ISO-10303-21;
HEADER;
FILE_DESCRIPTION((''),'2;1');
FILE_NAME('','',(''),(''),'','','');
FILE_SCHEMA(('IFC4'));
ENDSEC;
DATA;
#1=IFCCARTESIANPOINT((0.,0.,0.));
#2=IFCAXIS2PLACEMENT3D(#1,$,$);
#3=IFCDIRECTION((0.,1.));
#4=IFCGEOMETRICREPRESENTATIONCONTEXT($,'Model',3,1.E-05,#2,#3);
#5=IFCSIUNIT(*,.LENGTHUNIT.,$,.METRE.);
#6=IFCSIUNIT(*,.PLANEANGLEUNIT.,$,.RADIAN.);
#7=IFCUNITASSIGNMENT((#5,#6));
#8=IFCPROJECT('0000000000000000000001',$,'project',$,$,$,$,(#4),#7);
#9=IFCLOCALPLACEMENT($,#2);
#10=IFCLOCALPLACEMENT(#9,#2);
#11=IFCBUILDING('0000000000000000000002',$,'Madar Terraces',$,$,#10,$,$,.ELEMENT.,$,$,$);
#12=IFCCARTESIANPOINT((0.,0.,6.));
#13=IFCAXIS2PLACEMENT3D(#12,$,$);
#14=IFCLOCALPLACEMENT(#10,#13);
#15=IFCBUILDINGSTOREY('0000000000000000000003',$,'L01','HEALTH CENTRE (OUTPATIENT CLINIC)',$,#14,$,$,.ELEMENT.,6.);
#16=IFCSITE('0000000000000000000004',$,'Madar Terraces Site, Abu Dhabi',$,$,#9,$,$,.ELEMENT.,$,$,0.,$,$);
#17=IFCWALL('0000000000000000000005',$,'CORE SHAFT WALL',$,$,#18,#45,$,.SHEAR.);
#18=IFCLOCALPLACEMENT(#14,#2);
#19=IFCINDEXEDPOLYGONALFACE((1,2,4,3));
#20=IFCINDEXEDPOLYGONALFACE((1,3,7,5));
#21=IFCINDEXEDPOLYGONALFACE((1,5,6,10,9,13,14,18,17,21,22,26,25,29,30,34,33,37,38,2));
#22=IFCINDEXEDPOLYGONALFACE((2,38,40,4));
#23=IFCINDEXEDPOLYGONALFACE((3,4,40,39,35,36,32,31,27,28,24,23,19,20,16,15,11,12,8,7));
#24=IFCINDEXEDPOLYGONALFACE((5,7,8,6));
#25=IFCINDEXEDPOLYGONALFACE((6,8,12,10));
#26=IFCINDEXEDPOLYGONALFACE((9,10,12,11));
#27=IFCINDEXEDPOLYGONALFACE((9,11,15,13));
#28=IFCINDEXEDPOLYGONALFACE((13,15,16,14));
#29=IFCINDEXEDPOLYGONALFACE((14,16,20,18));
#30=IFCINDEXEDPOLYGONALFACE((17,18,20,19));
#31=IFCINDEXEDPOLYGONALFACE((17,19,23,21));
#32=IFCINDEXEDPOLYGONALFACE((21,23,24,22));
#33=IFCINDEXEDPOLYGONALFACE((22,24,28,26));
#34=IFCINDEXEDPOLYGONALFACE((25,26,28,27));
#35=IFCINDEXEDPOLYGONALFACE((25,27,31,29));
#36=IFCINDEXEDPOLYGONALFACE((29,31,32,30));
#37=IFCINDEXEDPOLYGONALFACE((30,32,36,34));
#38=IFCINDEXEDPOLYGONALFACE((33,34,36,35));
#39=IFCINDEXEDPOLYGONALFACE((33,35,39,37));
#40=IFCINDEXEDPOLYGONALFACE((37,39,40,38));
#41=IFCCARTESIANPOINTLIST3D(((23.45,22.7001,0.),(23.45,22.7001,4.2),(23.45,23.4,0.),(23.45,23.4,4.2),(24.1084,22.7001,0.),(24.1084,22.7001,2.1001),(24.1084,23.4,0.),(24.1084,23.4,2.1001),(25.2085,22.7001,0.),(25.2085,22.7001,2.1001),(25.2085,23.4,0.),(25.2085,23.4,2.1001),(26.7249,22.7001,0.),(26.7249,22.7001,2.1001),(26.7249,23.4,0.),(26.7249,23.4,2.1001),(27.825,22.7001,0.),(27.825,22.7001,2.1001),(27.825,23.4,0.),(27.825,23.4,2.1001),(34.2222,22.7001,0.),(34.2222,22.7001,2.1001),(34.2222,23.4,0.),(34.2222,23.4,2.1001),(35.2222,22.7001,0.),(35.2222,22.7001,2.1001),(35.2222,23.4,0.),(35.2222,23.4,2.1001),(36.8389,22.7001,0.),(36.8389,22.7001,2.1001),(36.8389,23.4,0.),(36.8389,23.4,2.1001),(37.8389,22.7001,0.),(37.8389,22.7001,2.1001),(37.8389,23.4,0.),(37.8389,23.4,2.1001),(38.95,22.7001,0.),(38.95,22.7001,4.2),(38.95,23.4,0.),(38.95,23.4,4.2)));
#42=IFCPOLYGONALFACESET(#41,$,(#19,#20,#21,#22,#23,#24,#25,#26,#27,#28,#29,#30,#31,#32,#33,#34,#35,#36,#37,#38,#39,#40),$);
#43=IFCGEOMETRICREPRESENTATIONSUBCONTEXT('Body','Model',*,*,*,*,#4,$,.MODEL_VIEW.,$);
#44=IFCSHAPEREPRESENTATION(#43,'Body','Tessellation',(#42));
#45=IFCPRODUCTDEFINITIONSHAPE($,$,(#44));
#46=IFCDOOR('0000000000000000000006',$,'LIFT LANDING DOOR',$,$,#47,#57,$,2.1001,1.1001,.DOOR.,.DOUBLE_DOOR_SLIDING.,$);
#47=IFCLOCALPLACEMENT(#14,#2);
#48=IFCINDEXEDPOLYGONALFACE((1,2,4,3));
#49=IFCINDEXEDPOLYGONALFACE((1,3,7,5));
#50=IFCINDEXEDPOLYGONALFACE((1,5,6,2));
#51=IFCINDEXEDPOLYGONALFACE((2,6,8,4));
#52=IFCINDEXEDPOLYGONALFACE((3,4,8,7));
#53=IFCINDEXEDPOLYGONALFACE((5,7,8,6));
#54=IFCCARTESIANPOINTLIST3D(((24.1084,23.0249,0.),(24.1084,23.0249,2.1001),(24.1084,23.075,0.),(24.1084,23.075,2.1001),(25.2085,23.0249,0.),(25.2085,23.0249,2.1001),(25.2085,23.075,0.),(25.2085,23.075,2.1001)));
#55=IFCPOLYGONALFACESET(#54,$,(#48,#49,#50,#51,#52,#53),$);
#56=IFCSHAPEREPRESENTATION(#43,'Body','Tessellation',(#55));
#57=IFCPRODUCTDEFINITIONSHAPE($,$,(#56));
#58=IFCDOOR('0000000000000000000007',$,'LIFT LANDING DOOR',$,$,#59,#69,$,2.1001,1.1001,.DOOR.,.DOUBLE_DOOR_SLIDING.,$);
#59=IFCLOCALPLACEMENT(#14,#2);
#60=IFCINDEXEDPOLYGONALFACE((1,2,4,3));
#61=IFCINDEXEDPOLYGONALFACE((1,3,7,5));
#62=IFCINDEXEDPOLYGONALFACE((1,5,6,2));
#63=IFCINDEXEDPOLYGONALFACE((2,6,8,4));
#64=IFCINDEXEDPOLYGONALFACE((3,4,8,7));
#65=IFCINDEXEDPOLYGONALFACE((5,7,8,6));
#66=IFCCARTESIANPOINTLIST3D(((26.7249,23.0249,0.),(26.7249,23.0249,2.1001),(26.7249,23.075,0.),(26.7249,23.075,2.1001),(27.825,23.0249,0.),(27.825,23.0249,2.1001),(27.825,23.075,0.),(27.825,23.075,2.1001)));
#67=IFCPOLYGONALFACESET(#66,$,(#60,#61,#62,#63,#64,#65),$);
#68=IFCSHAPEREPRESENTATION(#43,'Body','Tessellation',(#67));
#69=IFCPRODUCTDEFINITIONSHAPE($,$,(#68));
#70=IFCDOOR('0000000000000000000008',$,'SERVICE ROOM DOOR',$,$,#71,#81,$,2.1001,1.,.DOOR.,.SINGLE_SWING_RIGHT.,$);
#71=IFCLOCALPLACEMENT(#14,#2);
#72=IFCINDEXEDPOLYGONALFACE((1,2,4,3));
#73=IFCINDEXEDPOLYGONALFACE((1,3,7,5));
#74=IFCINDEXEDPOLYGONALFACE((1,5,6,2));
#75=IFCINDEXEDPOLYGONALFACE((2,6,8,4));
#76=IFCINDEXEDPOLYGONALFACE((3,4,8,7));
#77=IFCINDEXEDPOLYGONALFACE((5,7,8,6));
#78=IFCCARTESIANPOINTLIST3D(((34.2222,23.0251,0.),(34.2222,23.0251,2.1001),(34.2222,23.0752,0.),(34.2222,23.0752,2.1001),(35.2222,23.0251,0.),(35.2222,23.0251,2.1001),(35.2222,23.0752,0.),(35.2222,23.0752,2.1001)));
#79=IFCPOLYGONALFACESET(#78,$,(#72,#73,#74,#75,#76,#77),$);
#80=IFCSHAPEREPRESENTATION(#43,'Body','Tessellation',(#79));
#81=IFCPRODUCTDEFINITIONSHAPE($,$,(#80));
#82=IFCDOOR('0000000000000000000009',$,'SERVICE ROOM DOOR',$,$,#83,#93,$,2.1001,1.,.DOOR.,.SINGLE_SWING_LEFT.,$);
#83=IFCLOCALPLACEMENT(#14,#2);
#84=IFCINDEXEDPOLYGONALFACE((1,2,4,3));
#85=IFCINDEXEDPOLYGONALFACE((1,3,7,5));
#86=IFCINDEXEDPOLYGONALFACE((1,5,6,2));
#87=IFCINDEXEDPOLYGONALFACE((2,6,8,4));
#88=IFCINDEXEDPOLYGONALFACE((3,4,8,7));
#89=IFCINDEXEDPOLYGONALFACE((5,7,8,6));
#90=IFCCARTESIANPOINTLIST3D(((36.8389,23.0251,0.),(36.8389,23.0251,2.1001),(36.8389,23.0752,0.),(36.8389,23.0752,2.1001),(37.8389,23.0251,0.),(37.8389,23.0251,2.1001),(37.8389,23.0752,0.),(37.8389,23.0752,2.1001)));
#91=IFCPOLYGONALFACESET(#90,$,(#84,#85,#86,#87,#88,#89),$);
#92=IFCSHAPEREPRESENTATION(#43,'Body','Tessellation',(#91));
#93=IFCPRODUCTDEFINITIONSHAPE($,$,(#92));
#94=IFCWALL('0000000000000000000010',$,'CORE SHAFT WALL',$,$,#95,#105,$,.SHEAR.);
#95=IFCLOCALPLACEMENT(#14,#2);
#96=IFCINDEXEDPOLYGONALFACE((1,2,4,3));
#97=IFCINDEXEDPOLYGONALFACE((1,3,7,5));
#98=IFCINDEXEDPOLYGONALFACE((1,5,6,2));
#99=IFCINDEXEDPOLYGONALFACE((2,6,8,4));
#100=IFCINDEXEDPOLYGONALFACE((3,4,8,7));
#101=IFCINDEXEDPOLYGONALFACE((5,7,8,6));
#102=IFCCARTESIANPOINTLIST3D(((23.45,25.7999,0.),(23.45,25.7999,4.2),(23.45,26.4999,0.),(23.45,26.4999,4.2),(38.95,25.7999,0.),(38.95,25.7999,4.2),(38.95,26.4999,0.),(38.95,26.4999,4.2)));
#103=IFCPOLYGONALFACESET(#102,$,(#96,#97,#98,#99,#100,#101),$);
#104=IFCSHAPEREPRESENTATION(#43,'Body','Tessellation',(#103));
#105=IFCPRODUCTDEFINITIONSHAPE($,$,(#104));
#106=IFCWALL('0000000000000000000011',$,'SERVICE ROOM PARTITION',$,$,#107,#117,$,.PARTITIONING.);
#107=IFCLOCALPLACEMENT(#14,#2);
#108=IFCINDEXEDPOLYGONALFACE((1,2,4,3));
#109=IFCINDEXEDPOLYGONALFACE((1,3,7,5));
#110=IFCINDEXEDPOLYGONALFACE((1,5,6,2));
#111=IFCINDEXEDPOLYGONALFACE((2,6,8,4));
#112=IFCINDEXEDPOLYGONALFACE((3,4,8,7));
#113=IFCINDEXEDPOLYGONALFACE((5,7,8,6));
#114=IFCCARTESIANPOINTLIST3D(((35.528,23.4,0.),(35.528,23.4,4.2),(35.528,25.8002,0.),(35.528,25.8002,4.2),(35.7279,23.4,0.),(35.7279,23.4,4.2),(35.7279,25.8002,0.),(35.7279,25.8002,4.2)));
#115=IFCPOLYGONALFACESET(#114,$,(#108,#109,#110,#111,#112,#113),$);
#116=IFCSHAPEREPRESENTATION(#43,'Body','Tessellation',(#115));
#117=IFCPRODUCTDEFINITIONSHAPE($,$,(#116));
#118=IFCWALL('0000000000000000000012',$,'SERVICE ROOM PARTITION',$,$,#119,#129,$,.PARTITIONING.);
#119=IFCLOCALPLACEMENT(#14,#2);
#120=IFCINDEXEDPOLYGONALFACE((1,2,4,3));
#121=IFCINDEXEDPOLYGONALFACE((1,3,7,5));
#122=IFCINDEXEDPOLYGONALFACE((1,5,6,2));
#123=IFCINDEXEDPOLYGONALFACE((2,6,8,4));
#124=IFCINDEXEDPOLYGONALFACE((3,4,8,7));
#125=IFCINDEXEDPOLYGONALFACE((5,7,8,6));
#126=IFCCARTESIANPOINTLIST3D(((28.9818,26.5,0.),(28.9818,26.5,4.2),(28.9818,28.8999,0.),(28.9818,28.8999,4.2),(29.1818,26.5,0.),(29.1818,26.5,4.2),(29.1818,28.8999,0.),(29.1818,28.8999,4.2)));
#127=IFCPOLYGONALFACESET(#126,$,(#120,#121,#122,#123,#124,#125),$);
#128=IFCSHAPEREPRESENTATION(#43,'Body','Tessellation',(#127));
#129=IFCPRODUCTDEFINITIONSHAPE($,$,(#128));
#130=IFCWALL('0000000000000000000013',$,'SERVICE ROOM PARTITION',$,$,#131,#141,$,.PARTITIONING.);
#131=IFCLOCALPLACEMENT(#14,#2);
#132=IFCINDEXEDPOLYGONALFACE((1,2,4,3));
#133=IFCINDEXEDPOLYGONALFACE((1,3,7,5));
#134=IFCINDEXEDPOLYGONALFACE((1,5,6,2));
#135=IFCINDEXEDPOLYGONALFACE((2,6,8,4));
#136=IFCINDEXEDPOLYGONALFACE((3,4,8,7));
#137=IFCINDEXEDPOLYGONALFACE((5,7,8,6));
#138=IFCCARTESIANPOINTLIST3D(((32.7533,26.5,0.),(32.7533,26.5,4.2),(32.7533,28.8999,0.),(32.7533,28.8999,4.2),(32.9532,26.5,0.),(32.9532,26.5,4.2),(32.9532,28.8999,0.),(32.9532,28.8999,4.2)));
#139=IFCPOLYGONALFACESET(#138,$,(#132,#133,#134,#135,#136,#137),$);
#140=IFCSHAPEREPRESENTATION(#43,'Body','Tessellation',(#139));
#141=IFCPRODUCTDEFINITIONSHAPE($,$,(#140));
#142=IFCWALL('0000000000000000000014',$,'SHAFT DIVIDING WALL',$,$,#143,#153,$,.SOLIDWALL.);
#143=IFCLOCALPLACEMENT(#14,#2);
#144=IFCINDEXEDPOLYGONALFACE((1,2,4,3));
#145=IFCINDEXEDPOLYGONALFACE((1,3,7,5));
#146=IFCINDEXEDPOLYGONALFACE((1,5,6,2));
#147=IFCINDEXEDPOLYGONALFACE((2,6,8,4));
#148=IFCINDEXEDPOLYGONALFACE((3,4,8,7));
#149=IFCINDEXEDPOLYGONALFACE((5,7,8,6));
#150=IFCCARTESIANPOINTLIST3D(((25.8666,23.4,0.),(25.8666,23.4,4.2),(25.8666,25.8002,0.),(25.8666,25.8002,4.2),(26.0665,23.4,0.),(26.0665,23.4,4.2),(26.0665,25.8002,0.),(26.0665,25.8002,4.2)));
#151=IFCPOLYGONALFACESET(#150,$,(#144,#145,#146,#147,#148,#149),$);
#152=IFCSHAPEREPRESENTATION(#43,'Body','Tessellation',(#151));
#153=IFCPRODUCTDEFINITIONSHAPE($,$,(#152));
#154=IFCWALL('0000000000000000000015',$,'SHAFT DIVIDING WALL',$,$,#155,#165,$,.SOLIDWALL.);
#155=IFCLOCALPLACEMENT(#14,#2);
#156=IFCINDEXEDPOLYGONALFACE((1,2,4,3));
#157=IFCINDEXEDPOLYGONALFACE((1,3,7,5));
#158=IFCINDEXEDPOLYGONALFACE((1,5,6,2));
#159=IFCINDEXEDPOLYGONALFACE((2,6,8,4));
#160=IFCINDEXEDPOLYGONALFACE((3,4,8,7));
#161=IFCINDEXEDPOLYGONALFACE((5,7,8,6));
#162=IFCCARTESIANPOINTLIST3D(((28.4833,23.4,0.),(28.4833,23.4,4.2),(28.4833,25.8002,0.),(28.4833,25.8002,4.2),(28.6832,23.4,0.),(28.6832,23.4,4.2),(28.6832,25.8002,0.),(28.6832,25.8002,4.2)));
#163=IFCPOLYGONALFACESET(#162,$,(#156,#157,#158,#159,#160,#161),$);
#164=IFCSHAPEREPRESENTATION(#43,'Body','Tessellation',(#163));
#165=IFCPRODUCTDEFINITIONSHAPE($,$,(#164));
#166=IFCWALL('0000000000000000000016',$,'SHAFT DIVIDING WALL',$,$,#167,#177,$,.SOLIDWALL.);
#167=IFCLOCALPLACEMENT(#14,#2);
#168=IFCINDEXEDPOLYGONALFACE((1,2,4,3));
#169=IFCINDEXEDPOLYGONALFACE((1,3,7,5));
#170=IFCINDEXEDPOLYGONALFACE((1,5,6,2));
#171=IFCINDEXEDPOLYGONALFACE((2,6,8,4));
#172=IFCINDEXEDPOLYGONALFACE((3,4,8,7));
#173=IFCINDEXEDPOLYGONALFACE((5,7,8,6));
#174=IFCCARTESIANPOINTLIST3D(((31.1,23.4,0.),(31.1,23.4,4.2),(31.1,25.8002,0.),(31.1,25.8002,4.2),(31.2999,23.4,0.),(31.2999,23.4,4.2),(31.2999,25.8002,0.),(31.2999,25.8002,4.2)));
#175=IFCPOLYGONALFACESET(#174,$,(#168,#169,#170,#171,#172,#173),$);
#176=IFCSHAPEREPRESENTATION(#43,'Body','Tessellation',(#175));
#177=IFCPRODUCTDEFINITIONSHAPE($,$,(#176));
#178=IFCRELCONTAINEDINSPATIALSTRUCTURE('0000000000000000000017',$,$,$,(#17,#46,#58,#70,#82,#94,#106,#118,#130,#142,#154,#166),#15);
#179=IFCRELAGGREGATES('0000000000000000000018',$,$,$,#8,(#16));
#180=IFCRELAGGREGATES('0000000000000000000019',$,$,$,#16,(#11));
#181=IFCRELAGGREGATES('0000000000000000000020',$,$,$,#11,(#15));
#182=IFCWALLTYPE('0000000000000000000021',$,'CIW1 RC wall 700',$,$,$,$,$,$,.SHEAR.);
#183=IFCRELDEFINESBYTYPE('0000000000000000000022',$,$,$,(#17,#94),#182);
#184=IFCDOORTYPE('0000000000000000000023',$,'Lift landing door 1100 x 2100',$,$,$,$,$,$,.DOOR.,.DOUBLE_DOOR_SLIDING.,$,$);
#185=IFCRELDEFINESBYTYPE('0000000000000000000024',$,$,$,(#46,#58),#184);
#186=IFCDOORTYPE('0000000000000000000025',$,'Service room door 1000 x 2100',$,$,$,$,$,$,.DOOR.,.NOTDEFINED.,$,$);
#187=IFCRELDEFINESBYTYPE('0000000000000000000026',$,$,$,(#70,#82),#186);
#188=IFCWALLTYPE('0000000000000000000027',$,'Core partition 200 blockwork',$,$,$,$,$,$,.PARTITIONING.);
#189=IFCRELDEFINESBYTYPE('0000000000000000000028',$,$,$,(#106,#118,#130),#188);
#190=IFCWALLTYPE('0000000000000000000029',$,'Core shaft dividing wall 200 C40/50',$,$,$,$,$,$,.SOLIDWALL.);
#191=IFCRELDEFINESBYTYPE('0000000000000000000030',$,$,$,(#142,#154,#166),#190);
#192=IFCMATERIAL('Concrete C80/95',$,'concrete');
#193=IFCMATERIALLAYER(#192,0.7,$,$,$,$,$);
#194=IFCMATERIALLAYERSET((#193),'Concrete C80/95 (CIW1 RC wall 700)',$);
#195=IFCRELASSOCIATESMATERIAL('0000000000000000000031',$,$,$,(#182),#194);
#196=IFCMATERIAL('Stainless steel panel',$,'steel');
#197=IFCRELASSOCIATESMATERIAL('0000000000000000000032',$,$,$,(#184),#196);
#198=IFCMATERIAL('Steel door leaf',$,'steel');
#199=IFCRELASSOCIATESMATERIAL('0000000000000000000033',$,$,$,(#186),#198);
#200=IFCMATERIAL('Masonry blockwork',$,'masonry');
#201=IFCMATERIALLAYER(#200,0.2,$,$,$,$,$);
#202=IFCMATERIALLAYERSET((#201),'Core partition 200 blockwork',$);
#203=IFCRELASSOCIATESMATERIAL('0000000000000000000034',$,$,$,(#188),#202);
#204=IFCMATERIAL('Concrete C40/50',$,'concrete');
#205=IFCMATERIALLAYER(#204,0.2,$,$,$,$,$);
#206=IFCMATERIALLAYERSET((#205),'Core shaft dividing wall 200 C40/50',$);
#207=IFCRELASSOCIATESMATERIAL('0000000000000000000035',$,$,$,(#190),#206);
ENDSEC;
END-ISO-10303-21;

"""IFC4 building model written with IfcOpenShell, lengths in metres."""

from ifc_helpers import new_model, si_unit, direction, frame, frame_2d, origin, place, context, subcontext, project, spatial, rectangle, extrude, material, layer, layer_set, type_object, element, fill, save


model = new_model("IFC4")

# Units and contexts
model_context = context("Model", 3, precision=1e-05, world=origin(), true_north=direction((0.0, 1.0)))
body_context = subcontext(model_context, "Body", "Model", "MODEL_VIEW")
ifc_project = project(units=[si_unit("LENGTHUNIT", "METRE"), si_unit("PLANEANGLEUNIT", "RADIAN")], contexts=[model_context])

# Site, building, storey
site_placement = place(None, origin())
site = spatial("IfcSite", under=ifc_project, at=site_placement, Name="Madar Terraces Site, Abu Dhabi", CompositionType="ELEMENT", RefElevation=0.0)
building_placement = place(site_placement, origin())
building = spatial("IfcBuilding", under=site, at=building_placement, Name="Madar Terraces", CompositionType="ELEMENT")
storey_placement = place(building_placement, frame((0.0, 0.0, 6.0)))
storey = spatial("IfcBuildingStorey", under=building, at=storey_placement, Name="L01", Description="HEALTH CENTRE (OUTPATIENT CLINIC)", CompositionType="ELEMENT", Elevation=6.0)

# Wall, openings, doors
ifc_material_1 = material(Name="Concrete C80/95", Category="concrete")
ifc_layer_1 = layer(ifc_material_1, 0.7)
ifc_layer_set_1 = layer_set([ifc_layer_1], Name="Concrete C80/95 (CIW1 RC wall 700)")
wall_type_1 = type_object("IfcWallType", Name="CIW1 RC wall 700", PredefinedType="SHEAR", material=ifc_layer_set_1)
wall_1_placement = place(storey_placement, frame((23.45, 23.05, 0.0), z_axis=(0.0, 0.0, 1.0), x_axis=(1.0, 0.0, 0.0)))
wall_1 = element("IfcWall", 1, at=wall_1_placement, inside=storey, type_object=wall_type_1, Name="CORE SHAFT WALL", PredefinedType="SHEAR", context=body_context, shape_type="SweptSolid", body=[
    extrude(rectangle(XDim=15.5, YDim=0.7, at=frame_2d((7.75, 0.0))), origin(), (0.0, 0.0, 1.0), 4.2),
])
opening_1_placement = place(wall_1_placement, frame((0.6584, 0.0, 0.0)))
opening_1 = element("IfcOpeningElement", 2, at=opening_1_placement, cuts=wall_1, PredefinedType="OPENING", context=body_context, shape_type="SweptSolid", body=[
    extrude(rectangle(XDim=1.1001, YDim=2.1001, at=frame_2d((0.55, 1.05))), frame((0.0, 0.3599, 0.0), z_axis=(0.0, -1.0, 0.0), x_axis=(1.0, 0.0, 0.0)), (0.0, 0.0, 1.0), 0.72),
])
opening_2_placement = place(wall_1_placement, frame((3.2749, 0.0, 0.0)))
opening_2 = element("IfcOpeningElement", 3, at=opening_2_placement, cuts=wall_1, PredefinedType="OPENING", context=body_context, shape_type="SweptSolid", body=[
    extrude(rectangle(XDim=1.1001, YDim=2.1001, at=frame_2d((0.55, 1.05))), frame((0.0, 0.3599, 0.0), z_axis=(0.0, -1.0, 0.0), x_axis=(1.0, 0.0, 0.0)), (0.0, 0.0, 1.0), 0.72),
])
opening_3_placement = place(wall_1_placement, frame((10.7722, 0.0, 0.0)))
opening_3 = element("IfcOpeningElement", 4, at=opening_3_placement, cuts=wall_1, PredefinedType="OPENING", context=body_context, shape_type="SweptSolid", body=[
    extrude(rectangle(XDim=1.0, YDim=2.1001, at=frame_2d((0.5, 1.05))), frame((0.0, 0.3599, 0.0), z_axis=(0.0, -1.0, 0.0), x_axis=(1.0, 0.0, 0.0)), (0.0, 0.0, 1.0), 0.72),
])
opening_4_placement = place(wall_1_placement, frame((13.3889, 0.0, 0.0)))
opening_4 = element("IfcOpeningElement", 5, at=opening_4_placement, cuts=wall_1, PredefinedType="OPENING", context=body_context, shape_type="SweptSolid", body=[
    extrude(rectangle(XDim=1.0, YDim=2.1001, at=frame_2d((0.5, 1.05))), frame((0.0, 0.3599, 0.0), z_axis=(0.0, -1.0, 0.0), x_axis=(1.0, 0.0, 0.0)), (0.0, 0.0, 1.0), 0.72),
])
ifc_material_2 = material(Name="Stainless steel panel", Category="steel")
door_type_1 = type_object("IfcDoorType", Name="Lift landing door 1100 x 2100", OperationType="DOUBLE_DOOR_SLIDING", PredefinedType="DOOR", material=ifc_material_2)
door_1_placement = place(opening_1_placement, origin())
door_1 = element("IfcDoor", 6, at=door_1_placement, inside=storey, type_object=door_type_1, Name="LIFT LANDING DOOR", OperationType="DOUBLE_DOOR_SLIDING", OverallHeight=2.1001, OverallWidth=1.1001, PredefinedType="DOOR", context=body_context, shape_type="SweptSolid", body=[
    extrude(rectangle(XDim=1.1001, YDim=2.1001, at=frame_2d((0.55, 1.05))), frame((0.0, 0.0249, 0.0), z_axis=(0.0, -1.0, 0.0), x_axis=(1.0, 0.0, 0.0)), (0.0, 0.0, 1.0), 0.05),
])
fill(opening_1, door_1)
door_2_placement = place(opening_2_placement, origin())
door_2 = element("IfcDoor", 7, at=door_2_placement, inside=storey, type_object=door_type_1, Name="LIFT LANDING DOOR", OperationType="DOUBLE_DOOR_SLIDING", OverallHeight=2.1001, OverallWidth=1.1001, PredefinedType="DOOR", context=body_context, shape_type="SweptSolid", body=[
    extrude(rectangle(XDim=1.1001, YDim=2.1001, at=frame_2d((0.55, 1.05))), frame((0.0, 0.0249, 0.0), z_axis=(0.0, -1.0, 0.0), x_axis=(1.0, 0.0, 0.0)), (0.0, 0.0, 1.0), 0.05),
])
fill(opening_2, door_2)
ifc_material_3 = material(Name="Steel door leaf", Category="steel")
door_type_2 = type_object("IfcDoorType", Name="Service room door 1000 x 2100", OperationType="NOTDEFINED", PredefinedType="DOOR", material=ifc_material_3)
door_3_placement = place(opening_3_placement, frame((1.0, 0.0, 0.0), z_axis=(0.0, 0.0, 1.0), x_axis=(-1.0, 0.0, 0.0)))
door_3 = element("IfcDoor", 8, at=door_3_placement, inside=storey, type_object=door_type_2, Name="SERVICE ROOM DOOR", OperationType="SINGLE_SWING_RIGHT", OverallHeight=2.1001, OverallWidth=1.0, PredefinedType="DOOR", context=body_context, shape_type="SweptSolid", body=[
    extrude(rectangle(XDim=1.0, YDim=2.1001, at=frame_2d((0.5, 1.05))), frame((0.0, 0.0249, 0.0), z_axis=(0.0, -1.0, 0.0), x_axis=(1.0, 0.0, 0.0)), (0.0, 0.0, 1.0), 0.05),
])
fill(opening_3, door_3)
door_4_placement = place(opening_4_placement, frame((1.0, 0.0, 0.0), z_axis=(0.0, 0.0, 1.0), x_axis=(-1.0, 0.0, 0.0)))
door_4 = element("IfcDoor", 9, at=door_4_placement, inside=storey, type_object=door_type_2, Name="SERVICE ROOM DOOR", OperationType="SINGLE_SWING_LEFT", OverallHeight=2.1001, OverallWidth=1.0, PredefinedType="DOOR", context=body_context, shape_type="SweptSolid", body=[
    extrude(rectangle(XDim=1.0, YDim=2.1001, at=frame_2d((0.5, 1.05))), frame((0.0, 0.0249, 0.0), z_axis=(0.0, -1.0, 0.0), x_axis=(1.0, 0.0, 0.0)), (0.0, 0.0, 1.0), 0.05),
])
fill(opening_4, door_4)

# Walls
wall_2_placement = place(storey_placement, frame((23.45, 26.1499, 0.0), z_axis=(0.0, 0.0, 1.0), x_axis=(1.0, 0.0, 0.0)))
element("IfcWall", 10, at=wall_2_placement, inside=storey, type_object=wall_type_1, Name="CORE SHAFT WALL", PredefinedType="SHEAR", context=body_context, shape_type="SweptSolid", body=[
    extrude(rectangle(XDim=15.5, YDim=0.7, at=frame_2d((7.75, 0.0))), origin(), (0.0, 0.0, 1.0), 4.2),
])
ifc_material_4 = material(Name="Masonry blockwork", Category="masonry")
ifc_layer_2 = layer(ifc_material_4, 0.2)
ifc_layer_set_2 = layer_set([ifc_layer_2], Name="Core partition 200 blockwork")
wall_type_2 = type_object("IfcWallType", Name="Core partition 200 blockwork", PredefinedType="PARTITIONING", material=ifc_layer_set_2)
wall_3_placement = place(storey_placement, frame((35.6279, 23.3999, 0.0), z_axis=(0.0, 0.0, 1.0), x_axis=(0.0, 1.0, 0.0)))
element("IfcWall", 11, at=wall_3_placement, inside=storey, type_object=wall_type_2, Name="SERVICE ROOM PARTITION", PredefinedType="PARTITIONING", context=body_context, shape_type="SweptSolid", body=[
    extrude(rectangle(XDim=2.4001, YDim=0.2, at=frame_2d((1.2002, 0.0))), origin(), (0.0, 0.0, 1.0), 4.2),
])
for number, where, z_axis, x_axis, name in (
    (12, (29.0818, 26.5, 0.0), (0.0, 0.0, 1.0), (0.0, 1.0, 0.0), "SERVICE ROOM PARTITION"),
    (13, (32.8533, 26.5, 0.0), (0.0, 0.0, 1.0), (0.0, 1.0, 0.0), "SERVICE ROOM PARTITION"),
):
    element("IfcWall", number, at=place(storey_placement, frame(where, z_axis=z_axis, x_axis=x_axis)), inside=storey, type_object=wall_type_2, Name=name, PredefinedType="PARTITIONING", context=body_context, shape_type="SweptSolid", body=[
        extrude(rectangle(XDim=2.3999, YDim=0.2, at=frame_2d((1.2, 0.0))), origin(), (0.0, 0.0, 1.0), 4.2),
    ])
ifc_material_5 = material(Name="Concrete C40/50", Category="concrete")
ifc_layer_3 = layer(ifc_material_5, 0.2)
ifc_layer_set_3 = layer_set([ifc_layer_3], Name="Core shaft dividing wall 200 C40/50")
wall_type_3 = type_object("IfcWallType", Name="Core shaft dividing wall 200 C40/50", PredefinedType="SOLIDWALL", material=ifc_layer_set_3)
for number, where, z_axis, x_axis, name in (
    (14, (25.9666, 23.3999, 0.0), (0.0, 0.0, 1.0), (0.0, 1.0, 0.0), "SHAFT DIVIDING WALL"),
    (15, (28.5833, 23.3999, 0.0), (0.0, 0.0, 1.0), (0.0, 1.0, 0.0), "SHAFT DIVIDING WALL"),
    (16, (31.2, 23.3999, 0.0), (0.0, 0.0, 1.0), (0.0, 1.0, 0.0), "SHAFT DIVIDING WALL"),
):
    element("IfcWall", number, at=place(storey_placement, frame(where, z_axis=z_axis, x_axis=x_axis)), inside=storey, type_object=wall_type_3, Name=name, PredefinedType="SOLIDWALL", context=body_context, shape_type="SweptSolid", body=[
        extrude(rectangle(XDim=2.4001, YDim=0.2, at=frame_2d((1.2002, 0.0))), origin(), (0.0, 0.0, 1.0), 4.2),
    ])

save(model, "model.ifc")
